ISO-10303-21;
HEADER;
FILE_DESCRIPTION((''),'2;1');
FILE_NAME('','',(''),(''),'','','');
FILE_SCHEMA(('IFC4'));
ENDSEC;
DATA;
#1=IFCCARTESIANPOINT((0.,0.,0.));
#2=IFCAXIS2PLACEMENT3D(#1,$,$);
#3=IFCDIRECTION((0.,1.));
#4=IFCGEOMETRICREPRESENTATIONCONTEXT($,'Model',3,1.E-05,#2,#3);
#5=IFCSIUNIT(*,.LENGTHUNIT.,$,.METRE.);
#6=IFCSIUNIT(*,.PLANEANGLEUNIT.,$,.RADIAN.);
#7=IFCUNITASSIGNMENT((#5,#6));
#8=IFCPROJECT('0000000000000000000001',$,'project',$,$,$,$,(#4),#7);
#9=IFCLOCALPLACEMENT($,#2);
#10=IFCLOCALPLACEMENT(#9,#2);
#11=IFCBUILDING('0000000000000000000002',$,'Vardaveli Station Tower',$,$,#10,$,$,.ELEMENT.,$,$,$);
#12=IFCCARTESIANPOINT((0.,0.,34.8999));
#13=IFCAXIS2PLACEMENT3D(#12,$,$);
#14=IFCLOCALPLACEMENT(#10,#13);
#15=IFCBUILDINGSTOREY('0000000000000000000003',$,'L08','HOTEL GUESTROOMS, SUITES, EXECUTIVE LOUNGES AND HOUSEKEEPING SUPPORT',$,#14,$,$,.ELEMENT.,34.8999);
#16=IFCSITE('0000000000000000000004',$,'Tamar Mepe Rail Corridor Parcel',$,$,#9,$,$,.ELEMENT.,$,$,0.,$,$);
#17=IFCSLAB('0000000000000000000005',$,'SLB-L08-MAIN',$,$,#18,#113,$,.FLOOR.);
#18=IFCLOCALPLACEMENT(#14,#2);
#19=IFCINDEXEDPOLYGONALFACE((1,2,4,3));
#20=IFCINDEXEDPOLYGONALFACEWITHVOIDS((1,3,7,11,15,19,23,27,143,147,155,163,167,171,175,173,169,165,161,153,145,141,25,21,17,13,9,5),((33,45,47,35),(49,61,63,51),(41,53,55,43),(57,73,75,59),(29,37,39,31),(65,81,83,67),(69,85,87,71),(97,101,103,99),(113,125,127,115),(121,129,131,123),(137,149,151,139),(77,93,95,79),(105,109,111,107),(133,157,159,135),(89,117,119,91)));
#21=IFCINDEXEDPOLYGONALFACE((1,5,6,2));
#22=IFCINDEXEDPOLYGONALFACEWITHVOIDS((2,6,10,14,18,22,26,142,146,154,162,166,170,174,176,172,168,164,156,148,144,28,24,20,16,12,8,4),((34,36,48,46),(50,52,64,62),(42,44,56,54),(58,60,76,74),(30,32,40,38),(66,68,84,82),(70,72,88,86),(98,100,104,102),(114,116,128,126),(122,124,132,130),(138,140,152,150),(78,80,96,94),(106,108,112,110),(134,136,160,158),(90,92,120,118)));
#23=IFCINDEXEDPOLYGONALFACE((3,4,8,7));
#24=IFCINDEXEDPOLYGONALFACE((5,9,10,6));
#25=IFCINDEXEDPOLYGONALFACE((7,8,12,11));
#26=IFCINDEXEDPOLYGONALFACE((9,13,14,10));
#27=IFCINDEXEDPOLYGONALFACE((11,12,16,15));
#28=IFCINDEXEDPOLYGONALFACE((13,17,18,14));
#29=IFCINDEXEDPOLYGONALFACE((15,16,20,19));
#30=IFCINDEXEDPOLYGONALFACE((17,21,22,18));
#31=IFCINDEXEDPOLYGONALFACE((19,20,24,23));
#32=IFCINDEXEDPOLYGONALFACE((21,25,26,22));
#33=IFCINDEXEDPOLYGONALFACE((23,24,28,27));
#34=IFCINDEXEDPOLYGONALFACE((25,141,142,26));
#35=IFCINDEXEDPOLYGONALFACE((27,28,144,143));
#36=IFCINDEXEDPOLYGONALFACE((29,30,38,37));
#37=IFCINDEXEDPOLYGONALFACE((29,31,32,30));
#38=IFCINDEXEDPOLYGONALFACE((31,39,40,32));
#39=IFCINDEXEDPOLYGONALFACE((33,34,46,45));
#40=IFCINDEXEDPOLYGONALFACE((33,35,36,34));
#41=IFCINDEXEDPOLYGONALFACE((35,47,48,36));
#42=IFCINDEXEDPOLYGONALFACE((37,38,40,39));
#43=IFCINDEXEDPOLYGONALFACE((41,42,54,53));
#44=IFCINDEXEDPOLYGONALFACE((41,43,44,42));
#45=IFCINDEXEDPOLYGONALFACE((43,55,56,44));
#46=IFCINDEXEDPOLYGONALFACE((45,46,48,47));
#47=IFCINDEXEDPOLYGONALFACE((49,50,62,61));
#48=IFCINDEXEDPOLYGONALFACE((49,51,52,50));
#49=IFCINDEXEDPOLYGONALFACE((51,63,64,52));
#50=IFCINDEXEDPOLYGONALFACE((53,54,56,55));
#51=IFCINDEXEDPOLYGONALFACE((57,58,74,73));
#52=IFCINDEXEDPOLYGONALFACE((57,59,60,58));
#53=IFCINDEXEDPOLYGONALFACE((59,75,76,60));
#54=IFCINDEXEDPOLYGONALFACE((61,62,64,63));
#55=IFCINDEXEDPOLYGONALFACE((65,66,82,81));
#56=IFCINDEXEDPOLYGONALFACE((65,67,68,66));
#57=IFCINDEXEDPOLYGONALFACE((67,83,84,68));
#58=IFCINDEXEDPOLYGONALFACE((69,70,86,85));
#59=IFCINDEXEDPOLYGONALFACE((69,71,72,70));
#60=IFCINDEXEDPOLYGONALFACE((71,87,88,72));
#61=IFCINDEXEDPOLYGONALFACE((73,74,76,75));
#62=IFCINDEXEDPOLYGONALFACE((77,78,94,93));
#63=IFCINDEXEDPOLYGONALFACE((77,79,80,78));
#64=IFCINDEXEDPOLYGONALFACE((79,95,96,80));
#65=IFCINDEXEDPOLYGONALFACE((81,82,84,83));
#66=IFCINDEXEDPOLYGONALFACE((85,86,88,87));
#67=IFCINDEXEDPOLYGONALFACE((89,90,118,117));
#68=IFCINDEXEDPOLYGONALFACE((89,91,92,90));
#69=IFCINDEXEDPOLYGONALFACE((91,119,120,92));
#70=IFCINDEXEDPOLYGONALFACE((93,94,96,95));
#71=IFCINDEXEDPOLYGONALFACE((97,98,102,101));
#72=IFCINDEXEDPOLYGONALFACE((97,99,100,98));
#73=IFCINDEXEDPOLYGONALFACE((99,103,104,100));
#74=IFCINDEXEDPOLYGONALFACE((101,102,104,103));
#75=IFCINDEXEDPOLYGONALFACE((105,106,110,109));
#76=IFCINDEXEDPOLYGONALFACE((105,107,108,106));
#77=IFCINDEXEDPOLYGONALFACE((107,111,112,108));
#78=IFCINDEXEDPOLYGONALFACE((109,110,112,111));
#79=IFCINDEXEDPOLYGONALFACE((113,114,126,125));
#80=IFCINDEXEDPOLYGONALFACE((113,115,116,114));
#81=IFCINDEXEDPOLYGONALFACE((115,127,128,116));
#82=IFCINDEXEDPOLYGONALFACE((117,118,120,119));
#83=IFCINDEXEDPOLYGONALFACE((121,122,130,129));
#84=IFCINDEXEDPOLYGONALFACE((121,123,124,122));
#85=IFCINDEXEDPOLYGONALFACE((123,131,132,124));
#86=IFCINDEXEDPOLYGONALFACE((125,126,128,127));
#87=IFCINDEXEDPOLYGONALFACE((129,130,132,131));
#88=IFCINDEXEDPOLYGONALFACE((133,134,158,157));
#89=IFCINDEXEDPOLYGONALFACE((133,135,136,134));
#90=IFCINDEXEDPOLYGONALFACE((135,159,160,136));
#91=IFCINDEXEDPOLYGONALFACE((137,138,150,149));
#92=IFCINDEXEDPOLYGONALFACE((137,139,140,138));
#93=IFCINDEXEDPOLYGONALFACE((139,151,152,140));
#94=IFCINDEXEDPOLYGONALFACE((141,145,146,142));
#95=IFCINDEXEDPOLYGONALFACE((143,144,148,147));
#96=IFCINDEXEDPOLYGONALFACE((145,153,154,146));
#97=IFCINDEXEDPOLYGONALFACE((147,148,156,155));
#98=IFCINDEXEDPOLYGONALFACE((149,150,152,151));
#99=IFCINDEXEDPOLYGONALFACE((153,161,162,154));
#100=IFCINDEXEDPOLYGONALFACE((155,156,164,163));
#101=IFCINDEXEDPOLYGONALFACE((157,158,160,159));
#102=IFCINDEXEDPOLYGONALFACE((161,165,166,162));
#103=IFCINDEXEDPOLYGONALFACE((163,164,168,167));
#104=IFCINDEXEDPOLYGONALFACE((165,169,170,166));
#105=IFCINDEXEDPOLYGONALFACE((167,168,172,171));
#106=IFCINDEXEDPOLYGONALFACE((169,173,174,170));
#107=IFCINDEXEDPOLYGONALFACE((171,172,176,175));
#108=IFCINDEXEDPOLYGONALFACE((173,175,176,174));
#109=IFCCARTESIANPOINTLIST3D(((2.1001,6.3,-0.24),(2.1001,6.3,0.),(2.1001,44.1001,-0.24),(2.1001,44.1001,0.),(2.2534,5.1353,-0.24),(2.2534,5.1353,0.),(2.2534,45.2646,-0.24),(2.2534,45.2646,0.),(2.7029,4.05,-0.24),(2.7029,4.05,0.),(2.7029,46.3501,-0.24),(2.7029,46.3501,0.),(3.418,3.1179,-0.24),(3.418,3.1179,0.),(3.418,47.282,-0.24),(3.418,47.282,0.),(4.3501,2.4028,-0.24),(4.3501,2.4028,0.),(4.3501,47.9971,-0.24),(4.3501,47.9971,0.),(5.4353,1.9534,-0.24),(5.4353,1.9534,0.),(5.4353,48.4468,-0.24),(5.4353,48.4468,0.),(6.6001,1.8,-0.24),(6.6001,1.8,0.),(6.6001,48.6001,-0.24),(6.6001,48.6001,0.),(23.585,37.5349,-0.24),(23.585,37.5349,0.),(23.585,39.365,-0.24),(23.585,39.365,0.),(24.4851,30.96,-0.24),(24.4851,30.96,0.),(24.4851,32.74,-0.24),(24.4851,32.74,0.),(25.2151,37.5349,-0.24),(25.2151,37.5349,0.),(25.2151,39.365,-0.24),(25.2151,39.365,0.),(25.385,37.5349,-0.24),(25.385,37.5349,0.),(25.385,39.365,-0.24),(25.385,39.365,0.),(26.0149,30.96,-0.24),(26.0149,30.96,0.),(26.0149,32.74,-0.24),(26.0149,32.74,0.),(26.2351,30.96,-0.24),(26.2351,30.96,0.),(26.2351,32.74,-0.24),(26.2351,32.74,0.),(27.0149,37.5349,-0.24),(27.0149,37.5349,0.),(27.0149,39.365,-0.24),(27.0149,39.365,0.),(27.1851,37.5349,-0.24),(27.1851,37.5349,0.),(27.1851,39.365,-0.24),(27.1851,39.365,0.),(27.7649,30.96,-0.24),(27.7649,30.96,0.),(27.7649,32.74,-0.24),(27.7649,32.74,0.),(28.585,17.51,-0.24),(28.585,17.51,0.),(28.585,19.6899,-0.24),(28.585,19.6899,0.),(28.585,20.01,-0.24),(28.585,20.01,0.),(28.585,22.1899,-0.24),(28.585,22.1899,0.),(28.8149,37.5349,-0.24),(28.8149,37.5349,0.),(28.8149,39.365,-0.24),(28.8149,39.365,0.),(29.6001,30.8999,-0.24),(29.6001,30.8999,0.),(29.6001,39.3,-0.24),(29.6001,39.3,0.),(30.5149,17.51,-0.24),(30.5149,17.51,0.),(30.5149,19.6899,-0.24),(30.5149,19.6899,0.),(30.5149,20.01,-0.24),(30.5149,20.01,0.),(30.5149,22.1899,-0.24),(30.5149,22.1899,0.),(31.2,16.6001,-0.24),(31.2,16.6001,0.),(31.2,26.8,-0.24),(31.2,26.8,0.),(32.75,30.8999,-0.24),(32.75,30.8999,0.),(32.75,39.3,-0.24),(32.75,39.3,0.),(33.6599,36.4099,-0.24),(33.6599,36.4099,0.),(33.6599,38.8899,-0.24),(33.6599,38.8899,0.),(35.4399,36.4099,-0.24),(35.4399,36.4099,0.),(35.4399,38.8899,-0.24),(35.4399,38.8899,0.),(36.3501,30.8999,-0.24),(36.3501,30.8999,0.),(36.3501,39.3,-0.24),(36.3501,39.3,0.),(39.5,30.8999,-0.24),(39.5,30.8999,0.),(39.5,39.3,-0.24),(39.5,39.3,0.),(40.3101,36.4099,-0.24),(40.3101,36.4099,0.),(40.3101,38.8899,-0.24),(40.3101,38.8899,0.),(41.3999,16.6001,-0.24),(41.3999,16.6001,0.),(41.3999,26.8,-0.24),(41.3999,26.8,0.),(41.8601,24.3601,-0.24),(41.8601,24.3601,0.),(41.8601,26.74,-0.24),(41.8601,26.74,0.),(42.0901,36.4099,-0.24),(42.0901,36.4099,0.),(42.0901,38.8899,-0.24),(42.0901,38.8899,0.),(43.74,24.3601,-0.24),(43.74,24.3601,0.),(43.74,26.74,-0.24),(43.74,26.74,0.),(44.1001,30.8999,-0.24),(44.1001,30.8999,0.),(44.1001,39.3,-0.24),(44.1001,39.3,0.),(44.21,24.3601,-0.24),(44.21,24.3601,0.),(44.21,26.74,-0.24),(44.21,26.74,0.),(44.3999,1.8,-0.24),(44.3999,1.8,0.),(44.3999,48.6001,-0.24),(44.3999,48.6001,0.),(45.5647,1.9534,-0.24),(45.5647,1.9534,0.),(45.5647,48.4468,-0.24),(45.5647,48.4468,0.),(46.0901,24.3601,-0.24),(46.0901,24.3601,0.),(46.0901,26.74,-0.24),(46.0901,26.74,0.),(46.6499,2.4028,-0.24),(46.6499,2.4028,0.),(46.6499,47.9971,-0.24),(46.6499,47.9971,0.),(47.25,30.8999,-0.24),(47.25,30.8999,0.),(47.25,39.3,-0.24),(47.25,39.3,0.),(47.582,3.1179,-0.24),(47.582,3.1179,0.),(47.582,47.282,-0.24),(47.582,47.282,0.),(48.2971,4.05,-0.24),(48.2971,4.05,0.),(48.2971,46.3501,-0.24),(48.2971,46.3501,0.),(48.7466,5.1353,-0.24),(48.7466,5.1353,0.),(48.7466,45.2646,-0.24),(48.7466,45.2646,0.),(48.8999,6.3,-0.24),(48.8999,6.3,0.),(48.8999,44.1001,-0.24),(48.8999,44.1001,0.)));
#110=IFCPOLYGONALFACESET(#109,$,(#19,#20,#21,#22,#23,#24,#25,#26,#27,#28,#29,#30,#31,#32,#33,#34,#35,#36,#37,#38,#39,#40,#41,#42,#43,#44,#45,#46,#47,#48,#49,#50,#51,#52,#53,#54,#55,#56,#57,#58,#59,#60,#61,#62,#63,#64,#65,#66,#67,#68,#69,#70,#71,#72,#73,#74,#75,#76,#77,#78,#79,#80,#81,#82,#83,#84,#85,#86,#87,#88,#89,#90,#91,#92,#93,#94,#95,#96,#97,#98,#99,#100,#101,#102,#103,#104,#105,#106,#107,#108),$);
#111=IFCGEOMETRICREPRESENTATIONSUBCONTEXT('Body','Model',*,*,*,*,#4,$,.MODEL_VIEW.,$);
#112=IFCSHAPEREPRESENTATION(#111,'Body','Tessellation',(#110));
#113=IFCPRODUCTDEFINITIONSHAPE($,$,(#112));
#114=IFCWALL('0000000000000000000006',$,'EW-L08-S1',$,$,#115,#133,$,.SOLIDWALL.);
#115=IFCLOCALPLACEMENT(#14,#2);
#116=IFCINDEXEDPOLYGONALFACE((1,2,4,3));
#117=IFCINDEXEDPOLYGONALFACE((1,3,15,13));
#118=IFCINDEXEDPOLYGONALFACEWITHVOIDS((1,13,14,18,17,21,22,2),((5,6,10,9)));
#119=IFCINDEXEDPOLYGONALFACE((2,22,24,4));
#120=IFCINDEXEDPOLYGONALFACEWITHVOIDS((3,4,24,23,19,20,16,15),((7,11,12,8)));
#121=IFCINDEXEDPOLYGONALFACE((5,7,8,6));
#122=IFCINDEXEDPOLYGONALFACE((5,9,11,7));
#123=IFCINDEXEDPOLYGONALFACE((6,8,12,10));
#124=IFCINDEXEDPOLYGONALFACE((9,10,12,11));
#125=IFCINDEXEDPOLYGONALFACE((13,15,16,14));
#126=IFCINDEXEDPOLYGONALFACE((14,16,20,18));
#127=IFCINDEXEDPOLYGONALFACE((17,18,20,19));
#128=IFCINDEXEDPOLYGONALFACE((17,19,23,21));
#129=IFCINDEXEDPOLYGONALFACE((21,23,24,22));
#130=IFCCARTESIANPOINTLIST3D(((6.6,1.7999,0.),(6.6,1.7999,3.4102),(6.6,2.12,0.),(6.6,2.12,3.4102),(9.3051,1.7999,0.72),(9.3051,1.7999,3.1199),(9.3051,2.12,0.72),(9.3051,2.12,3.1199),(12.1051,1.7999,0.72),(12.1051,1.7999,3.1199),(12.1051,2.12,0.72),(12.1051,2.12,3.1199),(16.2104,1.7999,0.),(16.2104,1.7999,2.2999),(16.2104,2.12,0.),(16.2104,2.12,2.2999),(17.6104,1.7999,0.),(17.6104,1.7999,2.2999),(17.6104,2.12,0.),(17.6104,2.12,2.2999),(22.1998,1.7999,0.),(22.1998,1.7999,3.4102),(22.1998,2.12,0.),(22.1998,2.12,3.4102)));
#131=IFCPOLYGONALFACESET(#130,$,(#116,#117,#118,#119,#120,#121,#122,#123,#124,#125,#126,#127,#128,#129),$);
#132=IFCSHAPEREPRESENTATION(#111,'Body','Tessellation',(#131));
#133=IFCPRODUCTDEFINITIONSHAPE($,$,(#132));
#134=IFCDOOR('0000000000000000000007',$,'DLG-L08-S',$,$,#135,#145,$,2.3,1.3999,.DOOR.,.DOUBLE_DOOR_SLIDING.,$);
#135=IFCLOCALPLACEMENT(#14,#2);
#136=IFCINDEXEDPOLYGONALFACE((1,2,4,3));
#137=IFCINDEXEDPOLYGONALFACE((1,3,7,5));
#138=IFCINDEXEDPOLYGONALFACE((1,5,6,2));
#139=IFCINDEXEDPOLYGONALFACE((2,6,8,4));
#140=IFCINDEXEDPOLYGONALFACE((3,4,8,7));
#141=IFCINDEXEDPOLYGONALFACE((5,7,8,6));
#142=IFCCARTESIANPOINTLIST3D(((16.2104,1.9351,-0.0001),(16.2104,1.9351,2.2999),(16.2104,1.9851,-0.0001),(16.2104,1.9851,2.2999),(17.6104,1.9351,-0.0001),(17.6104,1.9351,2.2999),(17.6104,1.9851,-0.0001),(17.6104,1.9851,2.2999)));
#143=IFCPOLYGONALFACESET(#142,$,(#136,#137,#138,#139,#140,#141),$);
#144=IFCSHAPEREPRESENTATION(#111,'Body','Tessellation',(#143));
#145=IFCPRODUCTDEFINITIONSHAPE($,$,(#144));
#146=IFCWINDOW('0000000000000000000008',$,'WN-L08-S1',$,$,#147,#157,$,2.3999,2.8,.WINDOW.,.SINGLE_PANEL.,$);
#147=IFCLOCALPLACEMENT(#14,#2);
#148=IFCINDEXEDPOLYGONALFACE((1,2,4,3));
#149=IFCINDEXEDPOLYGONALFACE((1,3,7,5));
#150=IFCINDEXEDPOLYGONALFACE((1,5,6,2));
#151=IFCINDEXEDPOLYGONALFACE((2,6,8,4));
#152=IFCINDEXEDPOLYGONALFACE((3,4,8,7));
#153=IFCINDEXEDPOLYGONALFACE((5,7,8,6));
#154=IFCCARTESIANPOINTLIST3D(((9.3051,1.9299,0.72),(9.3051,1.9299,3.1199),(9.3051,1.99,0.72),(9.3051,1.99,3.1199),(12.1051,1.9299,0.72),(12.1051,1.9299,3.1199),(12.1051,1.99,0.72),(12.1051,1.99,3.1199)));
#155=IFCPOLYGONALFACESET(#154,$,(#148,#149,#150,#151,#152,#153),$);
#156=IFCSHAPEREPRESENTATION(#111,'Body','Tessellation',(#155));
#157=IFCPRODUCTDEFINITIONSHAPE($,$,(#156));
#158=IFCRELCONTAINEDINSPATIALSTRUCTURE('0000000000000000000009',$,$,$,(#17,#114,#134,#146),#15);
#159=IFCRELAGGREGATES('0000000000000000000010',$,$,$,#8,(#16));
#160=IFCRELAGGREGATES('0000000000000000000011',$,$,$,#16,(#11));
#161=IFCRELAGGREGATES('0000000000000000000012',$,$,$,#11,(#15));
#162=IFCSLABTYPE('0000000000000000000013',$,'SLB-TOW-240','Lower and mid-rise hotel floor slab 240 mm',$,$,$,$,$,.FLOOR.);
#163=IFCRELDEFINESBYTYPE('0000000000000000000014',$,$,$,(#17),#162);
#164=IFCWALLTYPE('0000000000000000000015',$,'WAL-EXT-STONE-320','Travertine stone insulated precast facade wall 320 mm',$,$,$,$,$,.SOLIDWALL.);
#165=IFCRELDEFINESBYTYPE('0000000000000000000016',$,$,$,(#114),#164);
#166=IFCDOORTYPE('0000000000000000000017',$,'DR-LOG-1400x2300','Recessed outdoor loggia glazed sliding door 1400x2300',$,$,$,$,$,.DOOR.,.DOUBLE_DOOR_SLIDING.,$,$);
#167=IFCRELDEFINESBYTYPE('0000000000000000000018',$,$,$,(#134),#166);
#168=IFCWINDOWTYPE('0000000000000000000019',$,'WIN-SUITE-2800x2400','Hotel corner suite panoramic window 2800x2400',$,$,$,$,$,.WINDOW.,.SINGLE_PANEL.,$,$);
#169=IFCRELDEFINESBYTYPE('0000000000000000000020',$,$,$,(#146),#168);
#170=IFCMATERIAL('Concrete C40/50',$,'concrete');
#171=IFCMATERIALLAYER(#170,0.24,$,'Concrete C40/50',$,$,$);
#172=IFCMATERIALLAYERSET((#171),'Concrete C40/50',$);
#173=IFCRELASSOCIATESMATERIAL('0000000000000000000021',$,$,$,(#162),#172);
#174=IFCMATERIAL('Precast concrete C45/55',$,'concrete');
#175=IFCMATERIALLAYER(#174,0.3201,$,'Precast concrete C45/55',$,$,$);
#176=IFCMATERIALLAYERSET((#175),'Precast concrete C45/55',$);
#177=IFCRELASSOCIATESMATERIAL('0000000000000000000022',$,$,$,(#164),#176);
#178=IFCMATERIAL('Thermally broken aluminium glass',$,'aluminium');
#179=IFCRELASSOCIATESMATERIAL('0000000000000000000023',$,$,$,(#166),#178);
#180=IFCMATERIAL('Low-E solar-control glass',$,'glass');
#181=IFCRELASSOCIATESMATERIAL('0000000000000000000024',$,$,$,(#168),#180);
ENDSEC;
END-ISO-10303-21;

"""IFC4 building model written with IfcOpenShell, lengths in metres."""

from ifc_helpers import new_model, si_unit, direction, frame, frame_2d, origin, place, context, subcontext, project, spatial, polyline, rectangle, outline, extrude, source, transform, mapped, material, layer, layer_set, type_object, element, fill, save


model = new_model("IFC4")

# Units and contexts
model_context = context("Model", 3, precision=1e-05, world=origin(), true_north=direction((0.0, 1.0)))
body_context = subcontext(model_context, "Body", "Model", "MODEL_VIEW")
ifc_project = project(units=[si_unit("LENGTHUNIT", "METRE"), si_unit("PLANEANGLEUNIT", "RADIAN")], contexts=[model_context])

# Site, building, storey
site_placement = place(None, origin())
site = spatial("IfcSite", under=ifc_project, at=site_placement, Name="Tamar Mepe Rail Corridor Parcel", CompositionType="ELEMENT", RefElevation=0.0)
building_placement = place(site_placement, origin())
building = spatial("IfcBuilding", under=site, at=building_placement, Name="Vardaveli Station Tower", CompositionType="ELEMENT")
storey_placement = place(building_placement, frame((0.0, 0.0, 34.8999)))
storey = spatial("IfcBuildingStorey", under=building, at=storey_placement, Name="L08", Description="HOTEL GUESTROOMS, SUITES, EXECUTIVE LOUNGES AND HOUSEKEEPING SUPPORT", CompositionType="ELEMENT", Elevation=34.8999)

# Shared definitions
ifc_material_1 = material(Name="Concrete C40/50", Category="concrete")

# Slab
ifc_material_2 = material(Name="Precast concrete C45/55", Category="concrete")
ifc_layer_1 = layer(ifc_material_1, 0.24, Name="Concrete C40/50")
ifc_layer_set_1 = layer_set([ifc_layer_1], Name="Concrete C40/50")
slab_type_1 = type_object("IfcSlabType", Name="SLB-TOW-240", Description="Lower and mid-rise hotel floor slab 240 mm", PredefinedType="FLOOR", material=ifc_layer_set_1)
slab_1_placement = place(storey_placement, frame((0.0, 0.0, -0.24)))
element("IfcSlab", 1, at=slab_1_placement, inside=storey, type_object=slab_type_1, Name="SLB-L08-MAIN", PredefinedType="FLOOR", context=body_context, shape_type="SweptSolid", body=[
    extrude(outline(polyline([(2.1001, 6.3), (2.2534, 5.1353), (2.7029, 4.05), (3.418, 3.1179), (4.3501, 2.4028), (5.4353, 1.9534), (6.6001, 1.8), (44.3999, 1.8), (45.5647, 1.9534), (46.6499, 2.4028), (47.582, 3.1179), (48.2971, 4.05), (48.7466, 5.1353), (48.8999, 6.3), (48.8999, 44.1001), (48.7466, 45.2646), (48.2971, 46.3501), (47.582, 47.282), (46.6499, 47.9971), (45.5647, 48.4468), (44.3999, 48.6001), (6.6001, 48.6001), (5.4353, 48.4468), (4.3501, 47.9971), (3.418, 47.282), (2.7029, 46.3501), (2.2534, 45.2646), (2.1001, 44.1001), (2.1001, 6.3)]), holes=[polyline([(31.2, 16.6001), (41.3999, 16.6001), (41.3999, 26.8), (31.2, 26.8), (31.2, 16.6001)]), polyline([(32.75, 30.8999), (32.75, 39.3), (29.6001, 39.3), (29.6001, 30.8999), (32.75, 30.8999)]), polyline([(39.5, 30.8999), (39.5, 39.3), (36.3501, 39.3), (36.3501, 30.8999), (39.5, 30.8999)]), polyline([(47.25, 30.8999), (47.25, 39.3), (44.1001, 39.3), (44.1001, 30.8999), (47.25, 30.8999)]), polyline([(23.585, 37.5349), (25.2151, 37.5349), (25.2151, 39.365), (23.585, 39.365), (23.585, 37.5349)]), polyline([(25.385, 37.5349), (27.0149, 37.5349), (27.0149, 39.365), (25.385, 39.365), (25.385, 37.5349)]), polyline([(27.1851, 37.5349), (28.8149, 37.5349), (28.8149, 39.365), (27.1851, 39.365), (27.1851, 37.5349)]), polyline([(33.6599, 36.4099), (35.4399, 36.4099), (35.4399, 38.8899), (33.6599, 38.8899), (33.6599, 36.4099)]), polyline([(40.3101, 36.4099), (42.0901, 36.4099), (42.0901, 38.8899), (40.3101, 38.8899), (40.3101, 36.4099)]), polyline([(24.4851, 30.96), (26.0149, 30.96), (26.0149, 32.74), (24.4851, 32.74), (24.4851, 30.96)]), polyline([(26.2351, 30.96), (27.7649, 30.96), (27.7649, 32.74), (26.2351, 32.74), (26.2351, 30.96)]), polyline([(28.585, 17.51), (30.5149, 17.51), (30.5149, 19.6899), (28.585, 19.6899), (28.585, 17.51)]), polyline([(28.585, 20.01), (30.5149, 20.01), (30.5149, 22.1899), (28.585, 22.1899), (28.585, 20.01)]), polyline([(41.8601, 24.3601), (43.74, 24.3601), (43.74, 26.74), (41.8601, 26.74), (41.8601, 24.3601)]), polyline([(44.21, 24.3601), (46.0901, 24.3601), (46.0901, 26.74), (44.21, 26.74), (44.21, 24.3601)])]), origin(), (0.0, 0.0, 1.0), 0.24),
])

# Wall, openings, door, window
ifc_layer_2 = layer(ifc_material_2, 0.3201, Name="Precast concrete C45/55")
ifc_layer_set_2 = layer_set([ifc_layer_2], Name="Precast concrete C45/55")
wall_type = type_object("IfcWallType", Name="WAL-EXT-STONE-320", Description="Travertine stone insulated precast facade wall 320 mm", PredefinedType="SOLIDWALL", material=ifc_layer_set_2)
shared_shape_1 = source(origin(), body_context, "Body", "SweptSolid", [
    extrude(rectangle(XDim=15.5999, YDim=0.3201, at=frame_2d((7.7998, 0.0))), origin(), (0.0, 0.0, 1.0), 3.4102),
])
wall_1_placement = place(storey_placement, frame((6.6001, 1.96, 0.0), z_axis=(0.0, 0.0, 1.0), x_axis=(1.0, 0.0, 0.0)))
wall_1 = element("IfcWall", 2, at=wall_1_placement, inside=storey, type_object=wall_type, Name="EW-L08-S1", PredefinedType="SOLIDWALL", context=body_context, shape_type="MappedRepresentation", body=[
    mapped(shared_shape_1, transform((0.0, 0.0, 0.0), scale=1.0)),
])
shared_shape_2 = source(origin(), body_context, "Body", "SweptSolid", [
    extrude(rectangle(XDim=1.3999, YDim=2.3, at=frame_2d((0.7, 1.1499))), frame((0.0, 0.1699, 0.0), z_axis=(0.0, -1.0, 0.0), x_axis=(1.0, 0.0, 0.0)), (0.0, 0.0, 1.0), 0.3401),
])
opening_1_placement = place(wall_1_placement, frame((9.6104, 0.0, 0.0)))
opening_1 = element("IfcOpeningElement", 3, at=opening_1_placement, cuts=wall_1, PredefinedType="OPENING", context=body_context, shape_type="MappedRepresentation", body=[
    mapped(shared_shape_2, transform((0.0, 0.0, 0.0), scale=1.0)),
])
shared_shape_3 = source(origin(), body_context, "Body", "SweptSolid", [
    extrude(rectangle(XDim=2.8, YDim=2.3999, at=frame_2d((1.3999, 1.2))), frame((0.0, 0.1699, 0.0), z_axis=(0.0, -1.0, 0.0), x_axis=(1.0, 0.0, 0.0)), (0.0, 0.0, 1.0), 0.3401),
])
opening_2_placement = place(wall_1_placement, frame((2.7051, 0.0, 0.72)))
opening_2 = element("IfcOpeningElement", 4, at=opening_2_placement, cuts=wall_1, PredefinedType="OPENING", context=body_context, shape_type="MappedRepresentation", body=[
    mapped(shared_shape_3, transform((0.0, 0.0, 0.0), scale=1.0)),
])
ifc_material_3 = material(Name="Thermally broken aluminium glass", Category="aluminium")
door_type = type_object("IfcDoorType", Name="DR-LOG-1400x2300", Description="Recessed outdoor loggia glazed sliding door 1400x2300", OperationType="DOUBLE_DOOR_SLIDING", PredefinedType="DOOR", material=ifc_material_3)
shared_shape_4 = source(origin(), body_context, "Body", "SweptSolid", [
    extrude(rectangle(XDim=1.3999, YDim=2.3, at=frame_2d((0.7, 1.1499))), frame((0.0, 0.0249, 0.0), z_axis=(0.0, -1.0, 0.0), x_axis=(1.0, 0.0, 0.0)), (0.0, 0.0, 1.0), 0.05),
])
door_placement = place(opening_1_placement, frame((1.3999, 0.0, 0.0), z_axis=(0.0, 0.0, 1.0), x_axis=(-1.0, 0.0, 0.0)))
door = element("IfcDoor", 5, at=door_placement, inside=storey, type_object=door_type, Name="DLG-L08-S", OperationType="DOUBLE_DOOR_SLIDING", OverallHeight=2.3, OverallWidth=1.3999, PredefinedType="DOOR", context=body_context, shape_type="MappedRepresentation", body=[
    mapped(shared_shape_4, transform((0.0, 0.0, 0.0), scale=1.0)),
])
fill(opening_1, door)
ifc_material_4 = material(Name="Low-E solar-control glass", Category="glass")
window_type = type_object("IfcWindowType", Name="WIN-SUITE-2800x2400", Description="Hotel corner suite panoramic window 2800x2400", PartitioningType="SINGLE_PANEL", PredefinedType="WINDOW", material=ifc_material_4)
shared_shape_5 = source(origin(), body_context, "Body", "SweptSolid", [
    extrude(rectangle(XDim=2.8, YDim=2.3999, at=frame_2d((1.3999, 1.2))), frame((0.0, 0.03, 0.0), z_axis=(0.0, -1.0, 0.0), x_axis=(1.0, 0.0, 0.0)), (0.0, 0.0, 1.0), 0.0601),
])
window_placement = place(opening_2_placement, origin())
window = element("IfcWindow", 6, at=window_placement, inside=storey, type_object=window_type, Name="WN-L08-S1", OverallHeight=2.3999, OverallWidth=2.8, PartitioningType="SINGLE_PANEL", PredefinedType="WINDOW", context=body_context, shape_type="MappedRepresentation", body=[
    mapped(shared_shape_5, transform((0.0, 0.0, 0.0), scale=1.0)),
])
fill(opening_2, window)

save(model, "model.ifc")
